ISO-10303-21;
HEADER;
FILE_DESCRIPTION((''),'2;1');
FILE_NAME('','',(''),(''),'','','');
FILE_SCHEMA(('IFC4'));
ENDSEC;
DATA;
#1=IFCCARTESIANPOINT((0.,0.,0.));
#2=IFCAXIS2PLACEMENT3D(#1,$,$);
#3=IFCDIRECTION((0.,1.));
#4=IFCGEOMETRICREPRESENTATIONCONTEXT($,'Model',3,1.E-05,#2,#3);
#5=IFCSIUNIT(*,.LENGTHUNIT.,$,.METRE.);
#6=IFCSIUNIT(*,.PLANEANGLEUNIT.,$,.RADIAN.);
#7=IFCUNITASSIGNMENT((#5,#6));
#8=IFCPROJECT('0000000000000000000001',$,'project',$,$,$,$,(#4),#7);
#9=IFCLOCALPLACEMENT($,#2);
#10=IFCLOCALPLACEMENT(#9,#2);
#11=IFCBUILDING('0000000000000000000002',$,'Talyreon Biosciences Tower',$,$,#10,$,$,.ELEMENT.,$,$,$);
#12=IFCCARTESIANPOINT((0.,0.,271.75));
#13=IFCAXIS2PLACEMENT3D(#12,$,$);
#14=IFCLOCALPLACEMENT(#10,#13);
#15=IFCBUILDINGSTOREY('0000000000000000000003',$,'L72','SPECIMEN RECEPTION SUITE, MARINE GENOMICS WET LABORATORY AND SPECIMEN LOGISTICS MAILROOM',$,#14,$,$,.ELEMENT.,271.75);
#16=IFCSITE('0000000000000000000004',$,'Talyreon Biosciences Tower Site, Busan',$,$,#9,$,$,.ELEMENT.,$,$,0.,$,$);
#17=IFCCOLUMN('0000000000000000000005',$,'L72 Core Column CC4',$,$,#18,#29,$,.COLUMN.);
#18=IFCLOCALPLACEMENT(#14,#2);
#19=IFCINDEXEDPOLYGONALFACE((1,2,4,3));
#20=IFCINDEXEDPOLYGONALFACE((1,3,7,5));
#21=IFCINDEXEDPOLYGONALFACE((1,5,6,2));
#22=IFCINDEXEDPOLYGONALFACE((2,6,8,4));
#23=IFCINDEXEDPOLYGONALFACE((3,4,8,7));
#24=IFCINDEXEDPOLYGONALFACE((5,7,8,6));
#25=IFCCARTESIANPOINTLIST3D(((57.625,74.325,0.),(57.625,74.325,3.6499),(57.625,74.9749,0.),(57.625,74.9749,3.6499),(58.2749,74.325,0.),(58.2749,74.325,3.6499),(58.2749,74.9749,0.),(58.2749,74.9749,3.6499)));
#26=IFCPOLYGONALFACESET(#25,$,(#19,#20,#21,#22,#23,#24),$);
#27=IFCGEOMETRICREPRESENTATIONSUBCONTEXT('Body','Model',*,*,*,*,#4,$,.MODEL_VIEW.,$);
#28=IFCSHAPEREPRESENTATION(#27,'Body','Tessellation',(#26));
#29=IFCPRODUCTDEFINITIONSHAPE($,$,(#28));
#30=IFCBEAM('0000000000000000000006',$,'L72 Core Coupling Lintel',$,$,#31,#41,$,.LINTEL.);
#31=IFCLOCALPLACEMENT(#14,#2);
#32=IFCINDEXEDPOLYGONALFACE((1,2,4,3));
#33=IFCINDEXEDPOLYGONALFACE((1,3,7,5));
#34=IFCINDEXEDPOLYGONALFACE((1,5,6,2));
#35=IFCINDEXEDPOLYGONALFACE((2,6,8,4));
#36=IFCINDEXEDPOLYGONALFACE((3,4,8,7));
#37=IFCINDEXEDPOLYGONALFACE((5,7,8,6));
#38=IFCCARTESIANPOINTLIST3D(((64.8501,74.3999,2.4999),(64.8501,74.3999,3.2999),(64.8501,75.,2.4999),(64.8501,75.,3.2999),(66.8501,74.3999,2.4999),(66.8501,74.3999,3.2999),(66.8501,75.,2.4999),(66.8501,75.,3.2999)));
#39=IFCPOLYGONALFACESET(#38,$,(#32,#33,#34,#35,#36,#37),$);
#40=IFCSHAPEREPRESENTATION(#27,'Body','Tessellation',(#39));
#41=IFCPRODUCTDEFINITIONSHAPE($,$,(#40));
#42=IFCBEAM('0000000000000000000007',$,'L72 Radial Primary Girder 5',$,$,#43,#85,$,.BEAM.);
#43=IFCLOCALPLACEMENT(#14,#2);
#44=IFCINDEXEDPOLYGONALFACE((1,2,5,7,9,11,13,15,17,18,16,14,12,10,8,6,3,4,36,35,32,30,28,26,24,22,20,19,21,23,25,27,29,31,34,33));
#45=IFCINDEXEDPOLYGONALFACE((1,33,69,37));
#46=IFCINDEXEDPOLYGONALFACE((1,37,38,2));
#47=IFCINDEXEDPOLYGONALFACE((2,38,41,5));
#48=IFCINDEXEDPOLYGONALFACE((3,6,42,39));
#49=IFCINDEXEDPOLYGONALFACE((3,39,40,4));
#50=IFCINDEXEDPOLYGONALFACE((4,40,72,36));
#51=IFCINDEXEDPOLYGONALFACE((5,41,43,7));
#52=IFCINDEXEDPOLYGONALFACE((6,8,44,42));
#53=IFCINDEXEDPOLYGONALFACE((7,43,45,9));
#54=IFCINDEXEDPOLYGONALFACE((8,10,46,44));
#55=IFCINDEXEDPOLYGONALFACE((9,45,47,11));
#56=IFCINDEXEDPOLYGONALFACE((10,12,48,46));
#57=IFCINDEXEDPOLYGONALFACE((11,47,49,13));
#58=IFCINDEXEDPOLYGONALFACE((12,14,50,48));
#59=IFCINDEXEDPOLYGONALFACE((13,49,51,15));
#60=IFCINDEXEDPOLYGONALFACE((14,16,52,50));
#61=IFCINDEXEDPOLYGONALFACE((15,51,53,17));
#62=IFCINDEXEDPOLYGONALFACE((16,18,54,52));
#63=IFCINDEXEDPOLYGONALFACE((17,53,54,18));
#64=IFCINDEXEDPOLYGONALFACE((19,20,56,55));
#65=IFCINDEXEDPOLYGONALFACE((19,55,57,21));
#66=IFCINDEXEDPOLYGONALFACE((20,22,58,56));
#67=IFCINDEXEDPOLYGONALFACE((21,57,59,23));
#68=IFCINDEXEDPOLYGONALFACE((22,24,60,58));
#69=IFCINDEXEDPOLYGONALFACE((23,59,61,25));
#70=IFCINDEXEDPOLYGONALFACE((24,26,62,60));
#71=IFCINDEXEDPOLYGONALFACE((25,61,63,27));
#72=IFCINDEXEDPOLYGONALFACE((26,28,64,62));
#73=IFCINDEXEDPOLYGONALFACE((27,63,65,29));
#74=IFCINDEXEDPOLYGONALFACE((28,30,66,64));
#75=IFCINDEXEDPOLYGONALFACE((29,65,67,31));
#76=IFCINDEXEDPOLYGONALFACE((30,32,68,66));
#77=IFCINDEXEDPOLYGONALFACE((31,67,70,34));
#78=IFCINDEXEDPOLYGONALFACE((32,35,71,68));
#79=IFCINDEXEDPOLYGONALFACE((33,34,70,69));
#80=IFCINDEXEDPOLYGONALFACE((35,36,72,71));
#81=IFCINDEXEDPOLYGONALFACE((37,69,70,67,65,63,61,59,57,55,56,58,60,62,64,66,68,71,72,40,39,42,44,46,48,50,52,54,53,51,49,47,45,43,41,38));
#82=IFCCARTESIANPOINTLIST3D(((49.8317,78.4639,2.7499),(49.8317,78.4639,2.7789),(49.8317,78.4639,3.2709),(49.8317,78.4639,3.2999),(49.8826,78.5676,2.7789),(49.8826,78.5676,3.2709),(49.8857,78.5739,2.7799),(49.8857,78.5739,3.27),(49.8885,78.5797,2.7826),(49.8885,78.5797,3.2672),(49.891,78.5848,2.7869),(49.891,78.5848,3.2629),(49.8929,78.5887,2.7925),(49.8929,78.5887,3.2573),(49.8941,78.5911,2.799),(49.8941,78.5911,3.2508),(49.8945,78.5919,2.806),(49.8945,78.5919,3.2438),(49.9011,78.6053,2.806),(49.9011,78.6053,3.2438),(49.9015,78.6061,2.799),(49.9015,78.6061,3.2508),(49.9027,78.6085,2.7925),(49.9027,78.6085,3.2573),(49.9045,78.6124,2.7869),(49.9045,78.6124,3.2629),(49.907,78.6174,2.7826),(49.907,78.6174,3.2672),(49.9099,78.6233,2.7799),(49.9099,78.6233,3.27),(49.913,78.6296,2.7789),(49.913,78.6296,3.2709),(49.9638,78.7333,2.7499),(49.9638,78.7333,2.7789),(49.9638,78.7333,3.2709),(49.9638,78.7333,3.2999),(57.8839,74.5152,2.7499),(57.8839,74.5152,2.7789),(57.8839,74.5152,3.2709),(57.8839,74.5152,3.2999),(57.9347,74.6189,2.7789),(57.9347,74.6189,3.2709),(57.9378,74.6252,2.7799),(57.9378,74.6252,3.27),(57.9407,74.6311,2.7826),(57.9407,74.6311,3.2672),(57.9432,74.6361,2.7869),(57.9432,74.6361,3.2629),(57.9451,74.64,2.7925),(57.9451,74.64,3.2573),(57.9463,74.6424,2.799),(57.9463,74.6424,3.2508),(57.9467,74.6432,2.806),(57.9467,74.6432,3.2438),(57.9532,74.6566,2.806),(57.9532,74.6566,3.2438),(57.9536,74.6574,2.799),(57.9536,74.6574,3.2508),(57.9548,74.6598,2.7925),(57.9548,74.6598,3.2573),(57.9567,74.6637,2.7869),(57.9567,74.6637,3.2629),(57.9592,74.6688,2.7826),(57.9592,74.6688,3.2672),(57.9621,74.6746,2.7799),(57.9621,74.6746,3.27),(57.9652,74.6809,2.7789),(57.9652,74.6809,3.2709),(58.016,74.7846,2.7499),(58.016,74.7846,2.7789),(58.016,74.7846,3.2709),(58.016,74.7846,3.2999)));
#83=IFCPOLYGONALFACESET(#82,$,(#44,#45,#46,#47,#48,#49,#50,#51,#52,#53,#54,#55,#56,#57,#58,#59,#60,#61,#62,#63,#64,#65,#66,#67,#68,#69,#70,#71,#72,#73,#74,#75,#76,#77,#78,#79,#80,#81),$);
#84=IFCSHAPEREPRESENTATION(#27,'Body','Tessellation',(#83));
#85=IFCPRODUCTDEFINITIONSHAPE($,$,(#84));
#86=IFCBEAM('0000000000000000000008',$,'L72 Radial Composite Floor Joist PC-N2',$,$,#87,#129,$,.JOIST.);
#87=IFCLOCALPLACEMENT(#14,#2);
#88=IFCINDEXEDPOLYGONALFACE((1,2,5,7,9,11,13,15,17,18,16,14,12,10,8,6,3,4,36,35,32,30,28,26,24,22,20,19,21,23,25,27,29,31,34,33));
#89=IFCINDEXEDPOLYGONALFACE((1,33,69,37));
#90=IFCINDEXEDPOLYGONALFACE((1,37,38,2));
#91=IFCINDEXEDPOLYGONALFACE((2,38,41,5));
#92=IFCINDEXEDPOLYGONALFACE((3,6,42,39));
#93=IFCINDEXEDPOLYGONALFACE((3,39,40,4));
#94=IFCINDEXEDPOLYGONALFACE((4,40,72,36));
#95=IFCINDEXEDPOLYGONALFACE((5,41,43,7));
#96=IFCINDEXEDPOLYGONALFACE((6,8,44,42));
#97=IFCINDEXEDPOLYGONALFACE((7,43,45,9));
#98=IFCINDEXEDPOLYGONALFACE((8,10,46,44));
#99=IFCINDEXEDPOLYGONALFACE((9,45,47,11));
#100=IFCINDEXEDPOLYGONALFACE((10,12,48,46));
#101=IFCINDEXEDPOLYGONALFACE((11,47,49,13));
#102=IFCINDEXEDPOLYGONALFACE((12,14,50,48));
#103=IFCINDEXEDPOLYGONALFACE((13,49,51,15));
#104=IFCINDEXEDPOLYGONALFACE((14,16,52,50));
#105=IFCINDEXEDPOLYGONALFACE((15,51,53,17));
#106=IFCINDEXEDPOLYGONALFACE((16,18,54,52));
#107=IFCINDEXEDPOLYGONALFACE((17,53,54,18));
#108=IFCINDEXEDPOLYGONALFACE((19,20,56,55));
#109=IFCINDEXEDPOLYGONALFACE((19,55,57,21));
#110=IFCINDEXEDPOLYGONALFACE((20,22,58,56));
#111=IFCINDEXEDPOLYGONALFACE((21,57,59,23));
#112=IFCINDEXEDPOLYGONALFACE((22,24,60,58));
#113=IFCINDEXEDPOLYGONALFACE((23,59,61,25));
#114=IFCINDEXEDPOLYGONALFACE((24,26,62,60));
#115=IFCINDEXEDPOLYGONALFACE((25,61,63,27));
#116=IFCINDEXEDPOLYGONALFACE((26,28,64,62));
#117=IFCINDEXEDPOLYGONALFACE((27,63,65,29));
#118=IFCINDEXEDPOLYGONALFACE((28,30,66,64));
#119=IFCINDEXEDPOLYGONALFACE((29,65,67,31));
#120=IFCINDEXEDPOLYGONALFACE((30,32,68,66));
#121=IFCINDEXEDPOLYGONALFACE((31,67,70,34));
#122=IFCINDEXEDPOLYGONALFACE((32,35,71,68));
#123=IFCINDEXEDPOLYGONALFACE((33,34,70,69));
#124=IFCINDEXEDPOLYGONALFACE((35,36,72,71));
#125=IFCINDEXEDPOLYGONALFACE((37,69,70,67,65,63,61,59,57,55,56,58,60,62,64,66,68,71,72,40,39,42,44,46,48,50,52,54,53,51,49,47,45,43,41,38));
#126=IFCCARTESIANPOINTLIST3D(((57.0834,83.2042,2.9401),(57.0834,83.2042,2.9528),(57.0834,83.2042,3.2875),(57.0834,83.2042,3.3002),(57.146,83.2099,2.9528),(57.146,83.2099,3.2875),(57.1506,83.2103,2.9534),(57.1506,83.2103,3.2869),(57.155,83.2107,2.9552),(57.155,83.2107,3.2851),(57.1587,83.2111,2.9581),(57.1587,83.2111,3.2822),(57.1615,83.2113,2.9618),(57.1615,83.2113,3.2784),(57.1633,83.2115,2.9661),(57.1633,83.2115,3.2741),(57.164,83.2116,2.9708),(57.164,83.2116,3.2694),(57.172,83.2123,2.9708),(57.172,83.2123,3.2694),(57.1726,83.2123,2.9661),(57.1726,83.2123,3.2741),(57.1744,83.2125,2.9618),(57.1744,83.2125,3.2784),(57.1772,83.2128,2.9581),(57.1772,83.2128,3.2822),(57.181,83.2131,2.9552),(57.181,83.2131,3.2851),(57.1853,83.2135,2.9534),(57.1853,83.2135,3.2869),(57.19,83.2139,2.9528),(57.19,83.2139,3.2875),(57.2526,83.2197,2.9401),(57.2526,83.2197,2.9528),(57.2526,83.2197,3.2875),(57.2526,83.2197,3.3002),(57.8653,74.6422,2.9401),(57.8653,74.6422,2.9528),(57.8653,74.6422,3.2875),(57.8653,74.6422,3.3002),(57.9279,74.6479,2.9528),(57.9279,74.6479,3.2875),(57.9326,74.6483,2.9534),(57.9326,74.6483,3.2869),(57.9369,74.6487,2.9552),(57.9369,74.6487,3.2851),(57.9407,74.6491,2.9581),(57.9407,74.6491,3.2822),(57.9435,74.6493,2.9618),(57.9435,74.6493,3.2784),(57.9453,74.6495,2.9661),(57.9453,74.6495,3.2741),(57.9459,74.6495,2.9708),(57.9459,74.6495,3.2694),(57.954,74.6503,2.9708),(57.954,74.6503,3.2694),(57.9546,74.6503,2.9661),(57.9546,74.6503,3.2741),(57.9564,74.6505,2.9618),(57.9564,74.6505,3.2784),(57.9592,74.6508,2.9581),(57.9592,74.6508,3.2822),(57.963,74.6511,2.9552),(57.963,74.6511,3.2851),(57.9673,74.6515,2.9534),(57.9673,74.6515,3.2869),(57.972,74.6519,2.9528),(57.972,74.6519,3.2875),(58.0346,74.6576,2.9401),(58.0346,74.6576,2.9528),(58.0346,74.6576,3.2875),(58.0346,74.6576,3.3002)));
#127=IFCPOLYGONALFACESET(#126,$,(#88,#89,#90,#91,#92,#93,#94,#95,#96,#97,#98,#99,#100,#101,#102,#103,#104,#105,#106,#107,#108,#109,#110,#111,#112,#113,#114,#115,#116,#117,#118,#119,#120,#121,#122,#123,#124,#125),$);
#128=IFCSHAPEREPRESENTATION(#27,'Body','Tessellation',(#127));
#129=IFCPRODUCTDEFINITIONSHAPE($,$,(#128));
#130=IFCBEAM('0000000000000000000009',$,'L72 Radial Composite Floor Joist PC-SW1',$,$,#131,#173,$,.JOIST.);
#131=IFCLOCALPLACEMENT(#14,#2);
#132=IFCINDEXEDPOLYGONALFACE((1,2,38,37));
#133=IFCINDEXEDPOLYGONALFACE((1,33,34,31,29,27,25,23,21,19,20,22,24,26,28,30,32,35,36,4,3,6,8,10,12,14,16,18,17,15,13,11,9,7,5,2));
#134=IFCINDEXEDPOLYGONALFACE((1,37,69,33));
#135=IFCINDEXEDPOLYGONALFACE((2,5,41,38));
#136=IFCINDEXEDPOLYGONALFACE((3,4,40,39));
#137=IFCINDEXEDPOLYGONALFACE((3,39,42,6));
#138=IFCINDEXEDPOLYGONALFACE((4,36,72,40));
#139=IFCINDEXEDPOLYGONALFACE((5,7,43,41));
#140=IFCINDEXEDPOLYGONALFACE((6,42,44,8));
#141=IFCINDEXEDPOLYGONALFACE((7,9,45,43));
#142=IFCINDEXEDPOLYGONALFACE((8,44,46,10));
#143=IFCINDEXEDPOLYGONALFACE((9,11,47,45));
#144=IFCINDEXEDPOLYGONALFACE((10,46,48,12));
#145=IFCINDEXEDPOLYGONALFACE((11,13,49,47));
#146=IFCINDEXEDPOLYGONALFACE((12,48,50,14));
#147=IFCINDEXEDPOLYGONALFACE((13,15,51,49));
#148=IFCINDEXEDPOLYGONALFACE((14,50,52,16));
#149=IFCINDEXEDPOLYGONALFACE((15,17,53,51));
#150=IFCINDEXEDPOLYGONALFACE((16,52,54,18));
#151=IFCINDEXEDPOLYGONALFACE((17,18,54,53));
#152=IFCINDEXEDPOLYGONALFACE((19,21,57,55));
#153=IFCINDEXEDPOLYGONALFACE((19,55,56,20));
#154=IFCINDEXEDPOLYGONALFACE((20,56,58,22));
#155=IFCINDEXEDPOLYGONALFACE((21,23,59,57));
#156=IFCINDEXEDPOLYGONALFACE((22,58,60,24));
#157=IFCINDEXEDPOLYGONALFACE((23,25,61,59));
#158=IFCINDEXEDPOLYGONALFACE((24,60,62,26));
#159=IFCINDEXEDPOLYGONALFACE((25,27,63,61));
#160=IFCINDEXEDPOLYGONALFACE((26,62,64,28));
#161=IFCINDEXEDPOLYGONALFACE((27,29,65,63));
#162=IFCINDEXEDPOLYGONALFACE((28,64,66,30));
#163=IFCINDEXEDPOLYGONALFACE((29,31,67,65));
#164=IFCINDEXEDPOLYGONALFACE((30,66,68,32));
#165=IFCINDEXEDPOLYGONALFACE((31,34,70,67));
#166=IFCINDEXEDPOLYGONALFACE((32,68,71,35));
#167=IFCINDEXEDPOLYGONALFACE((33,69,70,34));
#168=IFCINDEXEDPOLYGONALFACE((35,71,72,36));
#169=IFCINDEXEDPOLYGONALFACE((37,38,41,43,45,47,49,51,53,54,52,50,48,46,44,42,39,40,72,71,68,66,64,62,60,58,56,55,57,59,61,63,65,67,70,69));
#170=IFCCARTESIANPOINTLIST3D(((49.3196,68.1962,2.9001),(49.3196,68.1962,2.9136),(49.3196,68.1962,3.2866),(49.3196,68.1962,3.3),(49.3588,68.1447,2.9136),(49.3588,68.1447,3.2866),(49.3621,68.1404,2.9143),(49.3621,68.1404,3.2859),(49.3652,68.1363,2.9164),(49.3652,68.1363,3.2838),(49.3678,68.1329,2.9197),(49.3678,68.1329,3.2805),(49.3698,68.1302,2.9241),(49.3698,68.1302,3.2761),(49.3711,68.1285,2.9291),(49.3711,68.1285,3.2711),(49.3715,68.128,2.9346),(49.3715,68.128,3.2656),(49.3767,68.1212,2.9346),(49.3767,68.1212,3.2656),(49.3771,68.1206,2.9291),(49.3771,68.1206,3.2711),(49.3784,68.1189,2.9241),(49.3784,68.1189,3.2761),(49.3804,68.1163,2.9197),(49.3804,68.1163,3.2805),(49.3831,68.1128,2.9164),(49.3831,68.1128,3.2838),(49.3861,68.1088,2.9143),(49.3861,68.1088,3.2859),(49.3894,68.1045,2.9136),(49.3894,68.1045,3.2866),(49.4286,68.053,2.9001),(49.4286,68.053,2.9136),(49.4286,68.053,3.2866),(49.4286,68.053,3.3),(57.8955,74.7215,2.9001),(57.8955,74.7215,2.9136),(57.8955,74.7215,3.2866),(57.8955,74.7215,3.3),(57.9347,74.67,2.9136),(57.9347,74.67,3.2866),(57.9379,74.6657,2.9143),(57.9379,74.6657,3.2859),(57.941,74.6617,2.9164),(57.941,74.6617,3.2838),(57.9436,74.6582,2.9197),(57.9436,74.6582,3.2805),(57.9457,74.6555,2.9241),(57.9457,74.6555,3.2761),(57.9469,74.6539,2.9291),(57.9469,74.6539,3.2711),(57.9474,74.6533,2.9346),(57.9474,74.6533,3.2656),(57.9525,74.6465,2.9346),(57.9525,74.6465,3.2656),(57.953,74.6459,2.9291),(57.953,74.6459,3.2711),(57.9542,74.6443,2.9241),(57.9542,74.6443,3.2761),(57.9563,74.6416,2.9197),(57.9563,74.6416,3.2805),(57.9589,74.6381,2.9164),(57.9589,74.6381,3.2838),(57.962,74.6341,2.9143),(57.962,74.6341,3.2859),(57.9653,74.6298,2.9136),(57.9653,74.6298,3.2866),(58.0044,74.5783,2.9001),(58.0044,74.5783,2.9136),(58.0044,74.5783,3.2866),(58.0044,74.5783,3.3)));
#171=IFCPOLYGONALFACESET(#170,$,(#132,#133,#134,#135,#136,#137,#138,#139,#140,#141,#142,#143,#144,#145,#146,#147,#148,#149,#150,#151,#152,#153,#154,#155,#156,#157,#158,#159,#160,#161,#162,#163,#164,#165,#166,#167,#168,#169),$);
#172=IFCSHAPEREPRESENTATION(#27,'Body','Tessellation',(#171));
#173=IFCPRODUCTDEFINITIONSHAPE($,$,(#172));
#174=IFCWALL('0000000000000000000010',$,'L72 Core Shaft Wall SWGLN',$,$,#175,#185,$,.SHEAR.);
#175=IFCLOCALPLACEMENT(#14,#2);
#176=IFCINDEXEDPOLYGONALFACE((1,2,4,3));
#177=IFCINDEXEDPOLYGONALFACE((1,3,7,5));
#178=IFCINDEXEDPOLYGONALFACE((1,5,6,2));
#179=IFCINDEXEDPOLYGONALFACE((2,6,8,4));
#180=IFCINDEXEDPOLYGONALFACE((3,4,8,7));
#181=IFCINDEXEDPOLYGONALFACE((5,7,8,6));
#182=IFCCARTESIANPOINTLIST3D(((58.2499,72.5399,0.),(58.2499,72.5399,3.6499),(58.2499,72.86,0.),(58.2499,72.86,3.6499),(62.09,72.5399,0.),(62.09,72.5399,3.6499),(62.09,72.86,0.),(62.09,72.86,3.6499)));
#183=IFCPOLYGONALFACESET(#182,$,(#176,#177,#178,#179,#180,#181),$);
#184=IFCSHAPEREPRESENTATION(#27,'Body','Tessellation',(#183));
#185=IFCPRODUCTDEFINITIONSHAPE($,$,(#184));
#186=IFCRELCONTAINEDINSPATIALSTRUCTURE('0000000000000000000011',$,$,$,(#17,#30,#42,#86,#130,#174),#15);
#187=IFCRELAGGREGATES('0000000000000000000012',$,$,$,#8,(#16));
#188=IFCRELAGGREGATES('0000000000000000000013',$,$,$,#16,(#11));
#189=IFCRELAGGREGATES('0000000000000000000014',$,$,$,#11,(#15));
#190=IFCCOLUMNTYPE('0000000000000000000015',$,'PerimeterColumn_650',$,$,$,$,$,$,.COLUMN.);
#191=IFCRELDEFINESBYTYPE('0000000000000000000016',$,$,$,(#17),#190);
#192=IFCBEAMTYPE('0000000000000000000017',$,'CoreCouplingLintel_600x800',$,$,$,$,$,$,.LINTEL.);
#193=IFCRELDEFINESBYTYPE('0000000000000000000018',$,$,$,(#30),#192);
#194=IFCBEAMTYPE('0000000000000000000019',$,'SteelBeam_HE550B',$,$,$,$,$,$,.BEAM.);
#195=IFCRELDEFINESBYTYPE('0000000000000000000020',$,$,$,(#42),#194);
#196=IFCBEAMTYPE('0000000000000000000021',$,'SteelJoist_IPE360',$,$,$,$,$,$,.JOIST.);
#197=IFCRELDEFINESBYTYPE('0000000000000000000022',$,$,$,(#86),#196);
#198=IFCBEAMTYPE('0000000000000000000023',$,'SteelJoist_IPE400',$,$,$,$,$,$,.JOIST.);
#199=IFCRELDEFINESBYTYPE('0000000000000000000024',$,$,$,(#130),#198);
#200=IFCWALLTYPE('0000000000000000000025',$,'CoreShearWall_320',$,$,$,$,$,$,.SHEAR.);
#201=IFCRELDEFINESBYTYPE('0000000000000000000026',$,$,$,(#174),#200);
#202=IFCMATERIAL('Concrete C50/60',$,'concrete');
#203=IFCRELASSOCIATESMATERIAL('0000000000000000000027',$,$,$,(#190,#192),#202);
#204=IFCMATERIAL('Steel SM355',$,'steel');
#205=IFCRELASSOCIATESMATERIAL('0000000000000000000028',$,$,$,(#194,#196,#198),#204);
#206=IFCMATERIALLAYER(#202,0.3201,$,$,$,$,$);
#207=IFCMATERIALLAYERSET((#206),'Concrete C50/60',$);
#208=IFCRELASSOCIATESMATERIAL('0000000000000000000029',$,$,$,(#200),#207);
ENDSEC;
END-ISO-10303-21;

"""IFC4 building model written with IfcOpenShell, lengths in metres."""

from ifc_helpers import new_model, si_unit, direction, frame, frame_2d, origin, origin_2d, place, context, subcontext, project, spatial, rectangle, i_section, extrude, material, layer, layer_set, material_profile, profile_set, type_object, element, save


model = new_model("IFC4")

# Units and contexts
model_context = context("Model", 3, precision=1e-05, world=origin(), true_north=direction((0.0, 1.0)))
body_context = subcontext(model_context, "Body", "Model", "MODEL_VIEW")
ifc_project = project(units=[si_unit("LENGTHUNIT", "METRE"), si_unit("PLANEANGLEUNIT", "RADIAN")], contexts=[model_context])

# Site, building, storey
site_placement = place(None, origin())
site = spatial("IfcSite", under=ifc_project, at=site_placement, Name="Talyreon Biosciences Tower Site, Busan", CompositionType="ELEMENT", RefElevation=0.0)
building_placement = place(site_placement, origin())
building = spatial("IfcBuilding", under=site, at=building_placement, Name="Talyreon Biosciences Tower", CompositionType="ELEMENT")
storey_placement = place(building_placement, frame((0.0, 0.0, 271.75)))
storey = spatial("IfcBuildingStorey", under=building, at=storey_placement, Name="L72", Description="SPECIMEN RECEPTION SUITE, MARINE GENOMICS WET LABORATORY AND SPECIMEN LOGISTICS MAILROOM", CompositionType="ELEMENT", Elevation=271.75)

# Column
ifc_material_1 = material(Name="Concrete C50/60", Category="concrete")
ifc_material_profile_1 = material_profile(ifc_material_1, rectangle(XDim=0.6499, YDim=0.6499, at=origin_2d()), Name="RC 650x650")
ifc_profile_set_1 = profile_set([ifc_material_profile_1], Name="Concrete C50/60")
column_type = type_object("IfcColumnType", Name="PerimeterColumn_650", PredefinedType="COLUMN", material=ifc_profile_set_1)
column_placement = place(storey_placement, frame((57.95, 74.6499, 0.0), z_axis=(0.0, 0.0, 1.0), x_axis=(1.0, 0.0, 0.0)))
element("IfcColumn", 1, at=column_placement, inside=storey, type_object=column_type, Name="L72 Core Column CC4", PredefinedType="COLUMN", context=body_context, shape_type="SweptSolid", body=[
    extrude(rectangle(XDim=0.6499, YDim=0.6499, at=origin_2d()), origin(), (0.0, 0.0, 1.0), 3.6499),
])

# Beams
ifc_material_profile_2 = material_profile(ifc_material_1, rectangle(XDim=0.6001, YDim=0.8, at=origin_2d()), Name="RCB 600x800")
ifc_profile_set_2 = profile_set([ifc_material_profile_2], Name="Concrete C50/60")
beam_type_1 = type_object("IfcBeamType", Name="CoreCouplingLintel_600x800", PredefinedType="LINTEL", material=ifc_profile_set_2)
beam_1_placement = place(storey_placement, frame((64.8501, 74.7, 2.8999), z_axis=(1.0, 0.0, 0.0), x_axis=(0.0, 1.0, 0.0)))
element("IfcBeam", 2, at=beam_1_placement, inside=storey, type_object=beam_type_1, Name="L72 Core Coupling Lintel", PredefinedType="LINTEL", context=body_context, shape_type="SweptSolid", body=[
    extrude(rectangle(XDim=0.6001, YDim=0.8, at=origin_2d()), origin(), (0.0, 0.0, 1.0), 2.0),
])
ifc_material_2 = material(Name="Steel SM355", Category="steel")
ifc_material_profile_3 = material_profile(ifc_material_2, i_section(OverallWidth=0.3, OverallDepth=0.55, WebThickness=0.0149, FlangeThickness=0.0291, FilletRadius=0.0271, at=origin_2d()), Name="HE550B")
ifc_profile_set_3 = profile_set([ifc_material_profile_3], Name="Steel SM355")
beam_type_2 = type_object("IfcBeamType", Name="SteelBeam_HE550B", PredefinedType="BEAM", material=ifc_profile_set_3)
beam_2_placement = place(storey_placement, frame((57.95, 74.6499, 3.0249), z_axis=(-0.897852, 0.440297, 0.0), x_axis=(-0.440297, -0.897852, 0.0)))
element("IfcBeam", 3, at=beam_2_placement, inside=storey, type_object=beam_type_2, Name="L72 Radial Primary Girder 5", PredefinedType="BEAM", context=body_context, shape_type="SweptSolid", body=[
    extrude(i_section(OverallWidth=0.3, OverallDepth=0.55, WebThickness=0.0149, FlangeThickness=0.0291, FilletRadius=0.0271, at=origin_2d()), origin(), (0.0, 0.0, 1.0), 8.9683),
])
ifc_material_profile_4 = material_profile(ifc_material_2, i_section(OverallWidth=0.1699, OverallDepth=0.3601, WebThickness=0.0081, FlangeThickness=0.0127, FilletRadius=0.0181, at=origin_2d()), Name="IPE360")
ifc_profile_set_4 = profile_set([ifc_material_profile_4], Name="Steel SM355")
beam_type_3 = type_object("IfcBeamType", Name="SteelJoist_IPE360", PredefinedType="JOIST", material=ifc_profile_set_4)
beam_3_placement = place(storey_placement, frame((57.95, 74.6499, 3.1201), z_axis=(-0.090953, 0.995855, 0.0), x_axis=(-0.995855, -0.090953, 0.0)))
element("IfcBeam", 4, at=beam_3_placement, inside=storey, type_object=beam_type_3, Name="L72 Radial Composite Floor Joist PC-N2", PredefinedType="JOIST", context=body_context, shape_type="SweptSolid", body=[
    extrude(i_section(OverallWidth=0.1699, OverallDepth=0.3601, WebThickness=0.0081, FlangeThickness=0.0127, FilletRadius=0.0181, at=origin_2d()), origin(), (0.0, 0.0, 1.0), 8.5977),
])
ifc_material_profile_5 = material_profile(ifc_material_2, i_section(OverallWidth=0.1799, OverallDepth=0.3999, WebThickness=0.0085, FlangeThickness=0.0134, FilletRadius=0.021, at=origin_2d()), Name="IPE400")
ifc_profile_set_5 = profile_set([ifc_material_profile_5], Name="Steel SM355")
beam_type_4 = type_object("IfcBeamType", Name="SteelJoist_IPE400", PredefinedType="JOIST", material=ifc_profile_set_5)
beam_4_placement = place(storey_placement, frame((57.95, 74.6499, 3.1001), z_axis=(-0.795818, -0.605535, 0.0), x_axis=(0.605535, -0.795818, 0.0)))
element("IfcBeam", 5, at=beam_4_placement, inside=storey, type_object=beam_type_4, Name="L72 Radial Composite Floor Joist PC-SW1", PredefinedType="JOIST", context=body_context, shape_type="SweptSolid", body=[
    extrude(i_section(OverallWidth=0.1799, OverallDepth=0.3999, WebThickness=0.0085, FlangeThickness=0.0134, FilletRadius=0.021, at=origin_2d()), origin(), (0.0, 0.0, 1.0), 10.7761),
])

# Wall
ifc_layer_1 = layer(ifc_material_1, 0.3201)
ifc_layer_set_1 = layer_set([ifc_layer_1], Name="Concrete C50/60")
wall_type_1 = type_object("IfcWallType", Name="CoreShearWall_320", PredefinedType="SHEAR", material=ifc_layer_set_1)
wall_1_placement = place(storey_placement, frame((58.25, 72.7, 0.0), z_axis=(0.0, 0.0, 1.0), x_axis=(1.0, 0.0, 0.0)))
element("IfcWall", 6, at=wall_1_placement, inside=storey, type_object=wall_type_1, Name="L72 Core Shaft Wall SWGLN", PredefinedType="SHEAR", context=body_context, shape_type="SweptSolid", body=[
    extrude(rectangle(XDim=3.8401, YDim=0.3201, at=frame_2d((1.9199, 0.0))), origin(), (0.0, 0.0, 1.0), 3.6499),
])

save(model, "model.ifc")
